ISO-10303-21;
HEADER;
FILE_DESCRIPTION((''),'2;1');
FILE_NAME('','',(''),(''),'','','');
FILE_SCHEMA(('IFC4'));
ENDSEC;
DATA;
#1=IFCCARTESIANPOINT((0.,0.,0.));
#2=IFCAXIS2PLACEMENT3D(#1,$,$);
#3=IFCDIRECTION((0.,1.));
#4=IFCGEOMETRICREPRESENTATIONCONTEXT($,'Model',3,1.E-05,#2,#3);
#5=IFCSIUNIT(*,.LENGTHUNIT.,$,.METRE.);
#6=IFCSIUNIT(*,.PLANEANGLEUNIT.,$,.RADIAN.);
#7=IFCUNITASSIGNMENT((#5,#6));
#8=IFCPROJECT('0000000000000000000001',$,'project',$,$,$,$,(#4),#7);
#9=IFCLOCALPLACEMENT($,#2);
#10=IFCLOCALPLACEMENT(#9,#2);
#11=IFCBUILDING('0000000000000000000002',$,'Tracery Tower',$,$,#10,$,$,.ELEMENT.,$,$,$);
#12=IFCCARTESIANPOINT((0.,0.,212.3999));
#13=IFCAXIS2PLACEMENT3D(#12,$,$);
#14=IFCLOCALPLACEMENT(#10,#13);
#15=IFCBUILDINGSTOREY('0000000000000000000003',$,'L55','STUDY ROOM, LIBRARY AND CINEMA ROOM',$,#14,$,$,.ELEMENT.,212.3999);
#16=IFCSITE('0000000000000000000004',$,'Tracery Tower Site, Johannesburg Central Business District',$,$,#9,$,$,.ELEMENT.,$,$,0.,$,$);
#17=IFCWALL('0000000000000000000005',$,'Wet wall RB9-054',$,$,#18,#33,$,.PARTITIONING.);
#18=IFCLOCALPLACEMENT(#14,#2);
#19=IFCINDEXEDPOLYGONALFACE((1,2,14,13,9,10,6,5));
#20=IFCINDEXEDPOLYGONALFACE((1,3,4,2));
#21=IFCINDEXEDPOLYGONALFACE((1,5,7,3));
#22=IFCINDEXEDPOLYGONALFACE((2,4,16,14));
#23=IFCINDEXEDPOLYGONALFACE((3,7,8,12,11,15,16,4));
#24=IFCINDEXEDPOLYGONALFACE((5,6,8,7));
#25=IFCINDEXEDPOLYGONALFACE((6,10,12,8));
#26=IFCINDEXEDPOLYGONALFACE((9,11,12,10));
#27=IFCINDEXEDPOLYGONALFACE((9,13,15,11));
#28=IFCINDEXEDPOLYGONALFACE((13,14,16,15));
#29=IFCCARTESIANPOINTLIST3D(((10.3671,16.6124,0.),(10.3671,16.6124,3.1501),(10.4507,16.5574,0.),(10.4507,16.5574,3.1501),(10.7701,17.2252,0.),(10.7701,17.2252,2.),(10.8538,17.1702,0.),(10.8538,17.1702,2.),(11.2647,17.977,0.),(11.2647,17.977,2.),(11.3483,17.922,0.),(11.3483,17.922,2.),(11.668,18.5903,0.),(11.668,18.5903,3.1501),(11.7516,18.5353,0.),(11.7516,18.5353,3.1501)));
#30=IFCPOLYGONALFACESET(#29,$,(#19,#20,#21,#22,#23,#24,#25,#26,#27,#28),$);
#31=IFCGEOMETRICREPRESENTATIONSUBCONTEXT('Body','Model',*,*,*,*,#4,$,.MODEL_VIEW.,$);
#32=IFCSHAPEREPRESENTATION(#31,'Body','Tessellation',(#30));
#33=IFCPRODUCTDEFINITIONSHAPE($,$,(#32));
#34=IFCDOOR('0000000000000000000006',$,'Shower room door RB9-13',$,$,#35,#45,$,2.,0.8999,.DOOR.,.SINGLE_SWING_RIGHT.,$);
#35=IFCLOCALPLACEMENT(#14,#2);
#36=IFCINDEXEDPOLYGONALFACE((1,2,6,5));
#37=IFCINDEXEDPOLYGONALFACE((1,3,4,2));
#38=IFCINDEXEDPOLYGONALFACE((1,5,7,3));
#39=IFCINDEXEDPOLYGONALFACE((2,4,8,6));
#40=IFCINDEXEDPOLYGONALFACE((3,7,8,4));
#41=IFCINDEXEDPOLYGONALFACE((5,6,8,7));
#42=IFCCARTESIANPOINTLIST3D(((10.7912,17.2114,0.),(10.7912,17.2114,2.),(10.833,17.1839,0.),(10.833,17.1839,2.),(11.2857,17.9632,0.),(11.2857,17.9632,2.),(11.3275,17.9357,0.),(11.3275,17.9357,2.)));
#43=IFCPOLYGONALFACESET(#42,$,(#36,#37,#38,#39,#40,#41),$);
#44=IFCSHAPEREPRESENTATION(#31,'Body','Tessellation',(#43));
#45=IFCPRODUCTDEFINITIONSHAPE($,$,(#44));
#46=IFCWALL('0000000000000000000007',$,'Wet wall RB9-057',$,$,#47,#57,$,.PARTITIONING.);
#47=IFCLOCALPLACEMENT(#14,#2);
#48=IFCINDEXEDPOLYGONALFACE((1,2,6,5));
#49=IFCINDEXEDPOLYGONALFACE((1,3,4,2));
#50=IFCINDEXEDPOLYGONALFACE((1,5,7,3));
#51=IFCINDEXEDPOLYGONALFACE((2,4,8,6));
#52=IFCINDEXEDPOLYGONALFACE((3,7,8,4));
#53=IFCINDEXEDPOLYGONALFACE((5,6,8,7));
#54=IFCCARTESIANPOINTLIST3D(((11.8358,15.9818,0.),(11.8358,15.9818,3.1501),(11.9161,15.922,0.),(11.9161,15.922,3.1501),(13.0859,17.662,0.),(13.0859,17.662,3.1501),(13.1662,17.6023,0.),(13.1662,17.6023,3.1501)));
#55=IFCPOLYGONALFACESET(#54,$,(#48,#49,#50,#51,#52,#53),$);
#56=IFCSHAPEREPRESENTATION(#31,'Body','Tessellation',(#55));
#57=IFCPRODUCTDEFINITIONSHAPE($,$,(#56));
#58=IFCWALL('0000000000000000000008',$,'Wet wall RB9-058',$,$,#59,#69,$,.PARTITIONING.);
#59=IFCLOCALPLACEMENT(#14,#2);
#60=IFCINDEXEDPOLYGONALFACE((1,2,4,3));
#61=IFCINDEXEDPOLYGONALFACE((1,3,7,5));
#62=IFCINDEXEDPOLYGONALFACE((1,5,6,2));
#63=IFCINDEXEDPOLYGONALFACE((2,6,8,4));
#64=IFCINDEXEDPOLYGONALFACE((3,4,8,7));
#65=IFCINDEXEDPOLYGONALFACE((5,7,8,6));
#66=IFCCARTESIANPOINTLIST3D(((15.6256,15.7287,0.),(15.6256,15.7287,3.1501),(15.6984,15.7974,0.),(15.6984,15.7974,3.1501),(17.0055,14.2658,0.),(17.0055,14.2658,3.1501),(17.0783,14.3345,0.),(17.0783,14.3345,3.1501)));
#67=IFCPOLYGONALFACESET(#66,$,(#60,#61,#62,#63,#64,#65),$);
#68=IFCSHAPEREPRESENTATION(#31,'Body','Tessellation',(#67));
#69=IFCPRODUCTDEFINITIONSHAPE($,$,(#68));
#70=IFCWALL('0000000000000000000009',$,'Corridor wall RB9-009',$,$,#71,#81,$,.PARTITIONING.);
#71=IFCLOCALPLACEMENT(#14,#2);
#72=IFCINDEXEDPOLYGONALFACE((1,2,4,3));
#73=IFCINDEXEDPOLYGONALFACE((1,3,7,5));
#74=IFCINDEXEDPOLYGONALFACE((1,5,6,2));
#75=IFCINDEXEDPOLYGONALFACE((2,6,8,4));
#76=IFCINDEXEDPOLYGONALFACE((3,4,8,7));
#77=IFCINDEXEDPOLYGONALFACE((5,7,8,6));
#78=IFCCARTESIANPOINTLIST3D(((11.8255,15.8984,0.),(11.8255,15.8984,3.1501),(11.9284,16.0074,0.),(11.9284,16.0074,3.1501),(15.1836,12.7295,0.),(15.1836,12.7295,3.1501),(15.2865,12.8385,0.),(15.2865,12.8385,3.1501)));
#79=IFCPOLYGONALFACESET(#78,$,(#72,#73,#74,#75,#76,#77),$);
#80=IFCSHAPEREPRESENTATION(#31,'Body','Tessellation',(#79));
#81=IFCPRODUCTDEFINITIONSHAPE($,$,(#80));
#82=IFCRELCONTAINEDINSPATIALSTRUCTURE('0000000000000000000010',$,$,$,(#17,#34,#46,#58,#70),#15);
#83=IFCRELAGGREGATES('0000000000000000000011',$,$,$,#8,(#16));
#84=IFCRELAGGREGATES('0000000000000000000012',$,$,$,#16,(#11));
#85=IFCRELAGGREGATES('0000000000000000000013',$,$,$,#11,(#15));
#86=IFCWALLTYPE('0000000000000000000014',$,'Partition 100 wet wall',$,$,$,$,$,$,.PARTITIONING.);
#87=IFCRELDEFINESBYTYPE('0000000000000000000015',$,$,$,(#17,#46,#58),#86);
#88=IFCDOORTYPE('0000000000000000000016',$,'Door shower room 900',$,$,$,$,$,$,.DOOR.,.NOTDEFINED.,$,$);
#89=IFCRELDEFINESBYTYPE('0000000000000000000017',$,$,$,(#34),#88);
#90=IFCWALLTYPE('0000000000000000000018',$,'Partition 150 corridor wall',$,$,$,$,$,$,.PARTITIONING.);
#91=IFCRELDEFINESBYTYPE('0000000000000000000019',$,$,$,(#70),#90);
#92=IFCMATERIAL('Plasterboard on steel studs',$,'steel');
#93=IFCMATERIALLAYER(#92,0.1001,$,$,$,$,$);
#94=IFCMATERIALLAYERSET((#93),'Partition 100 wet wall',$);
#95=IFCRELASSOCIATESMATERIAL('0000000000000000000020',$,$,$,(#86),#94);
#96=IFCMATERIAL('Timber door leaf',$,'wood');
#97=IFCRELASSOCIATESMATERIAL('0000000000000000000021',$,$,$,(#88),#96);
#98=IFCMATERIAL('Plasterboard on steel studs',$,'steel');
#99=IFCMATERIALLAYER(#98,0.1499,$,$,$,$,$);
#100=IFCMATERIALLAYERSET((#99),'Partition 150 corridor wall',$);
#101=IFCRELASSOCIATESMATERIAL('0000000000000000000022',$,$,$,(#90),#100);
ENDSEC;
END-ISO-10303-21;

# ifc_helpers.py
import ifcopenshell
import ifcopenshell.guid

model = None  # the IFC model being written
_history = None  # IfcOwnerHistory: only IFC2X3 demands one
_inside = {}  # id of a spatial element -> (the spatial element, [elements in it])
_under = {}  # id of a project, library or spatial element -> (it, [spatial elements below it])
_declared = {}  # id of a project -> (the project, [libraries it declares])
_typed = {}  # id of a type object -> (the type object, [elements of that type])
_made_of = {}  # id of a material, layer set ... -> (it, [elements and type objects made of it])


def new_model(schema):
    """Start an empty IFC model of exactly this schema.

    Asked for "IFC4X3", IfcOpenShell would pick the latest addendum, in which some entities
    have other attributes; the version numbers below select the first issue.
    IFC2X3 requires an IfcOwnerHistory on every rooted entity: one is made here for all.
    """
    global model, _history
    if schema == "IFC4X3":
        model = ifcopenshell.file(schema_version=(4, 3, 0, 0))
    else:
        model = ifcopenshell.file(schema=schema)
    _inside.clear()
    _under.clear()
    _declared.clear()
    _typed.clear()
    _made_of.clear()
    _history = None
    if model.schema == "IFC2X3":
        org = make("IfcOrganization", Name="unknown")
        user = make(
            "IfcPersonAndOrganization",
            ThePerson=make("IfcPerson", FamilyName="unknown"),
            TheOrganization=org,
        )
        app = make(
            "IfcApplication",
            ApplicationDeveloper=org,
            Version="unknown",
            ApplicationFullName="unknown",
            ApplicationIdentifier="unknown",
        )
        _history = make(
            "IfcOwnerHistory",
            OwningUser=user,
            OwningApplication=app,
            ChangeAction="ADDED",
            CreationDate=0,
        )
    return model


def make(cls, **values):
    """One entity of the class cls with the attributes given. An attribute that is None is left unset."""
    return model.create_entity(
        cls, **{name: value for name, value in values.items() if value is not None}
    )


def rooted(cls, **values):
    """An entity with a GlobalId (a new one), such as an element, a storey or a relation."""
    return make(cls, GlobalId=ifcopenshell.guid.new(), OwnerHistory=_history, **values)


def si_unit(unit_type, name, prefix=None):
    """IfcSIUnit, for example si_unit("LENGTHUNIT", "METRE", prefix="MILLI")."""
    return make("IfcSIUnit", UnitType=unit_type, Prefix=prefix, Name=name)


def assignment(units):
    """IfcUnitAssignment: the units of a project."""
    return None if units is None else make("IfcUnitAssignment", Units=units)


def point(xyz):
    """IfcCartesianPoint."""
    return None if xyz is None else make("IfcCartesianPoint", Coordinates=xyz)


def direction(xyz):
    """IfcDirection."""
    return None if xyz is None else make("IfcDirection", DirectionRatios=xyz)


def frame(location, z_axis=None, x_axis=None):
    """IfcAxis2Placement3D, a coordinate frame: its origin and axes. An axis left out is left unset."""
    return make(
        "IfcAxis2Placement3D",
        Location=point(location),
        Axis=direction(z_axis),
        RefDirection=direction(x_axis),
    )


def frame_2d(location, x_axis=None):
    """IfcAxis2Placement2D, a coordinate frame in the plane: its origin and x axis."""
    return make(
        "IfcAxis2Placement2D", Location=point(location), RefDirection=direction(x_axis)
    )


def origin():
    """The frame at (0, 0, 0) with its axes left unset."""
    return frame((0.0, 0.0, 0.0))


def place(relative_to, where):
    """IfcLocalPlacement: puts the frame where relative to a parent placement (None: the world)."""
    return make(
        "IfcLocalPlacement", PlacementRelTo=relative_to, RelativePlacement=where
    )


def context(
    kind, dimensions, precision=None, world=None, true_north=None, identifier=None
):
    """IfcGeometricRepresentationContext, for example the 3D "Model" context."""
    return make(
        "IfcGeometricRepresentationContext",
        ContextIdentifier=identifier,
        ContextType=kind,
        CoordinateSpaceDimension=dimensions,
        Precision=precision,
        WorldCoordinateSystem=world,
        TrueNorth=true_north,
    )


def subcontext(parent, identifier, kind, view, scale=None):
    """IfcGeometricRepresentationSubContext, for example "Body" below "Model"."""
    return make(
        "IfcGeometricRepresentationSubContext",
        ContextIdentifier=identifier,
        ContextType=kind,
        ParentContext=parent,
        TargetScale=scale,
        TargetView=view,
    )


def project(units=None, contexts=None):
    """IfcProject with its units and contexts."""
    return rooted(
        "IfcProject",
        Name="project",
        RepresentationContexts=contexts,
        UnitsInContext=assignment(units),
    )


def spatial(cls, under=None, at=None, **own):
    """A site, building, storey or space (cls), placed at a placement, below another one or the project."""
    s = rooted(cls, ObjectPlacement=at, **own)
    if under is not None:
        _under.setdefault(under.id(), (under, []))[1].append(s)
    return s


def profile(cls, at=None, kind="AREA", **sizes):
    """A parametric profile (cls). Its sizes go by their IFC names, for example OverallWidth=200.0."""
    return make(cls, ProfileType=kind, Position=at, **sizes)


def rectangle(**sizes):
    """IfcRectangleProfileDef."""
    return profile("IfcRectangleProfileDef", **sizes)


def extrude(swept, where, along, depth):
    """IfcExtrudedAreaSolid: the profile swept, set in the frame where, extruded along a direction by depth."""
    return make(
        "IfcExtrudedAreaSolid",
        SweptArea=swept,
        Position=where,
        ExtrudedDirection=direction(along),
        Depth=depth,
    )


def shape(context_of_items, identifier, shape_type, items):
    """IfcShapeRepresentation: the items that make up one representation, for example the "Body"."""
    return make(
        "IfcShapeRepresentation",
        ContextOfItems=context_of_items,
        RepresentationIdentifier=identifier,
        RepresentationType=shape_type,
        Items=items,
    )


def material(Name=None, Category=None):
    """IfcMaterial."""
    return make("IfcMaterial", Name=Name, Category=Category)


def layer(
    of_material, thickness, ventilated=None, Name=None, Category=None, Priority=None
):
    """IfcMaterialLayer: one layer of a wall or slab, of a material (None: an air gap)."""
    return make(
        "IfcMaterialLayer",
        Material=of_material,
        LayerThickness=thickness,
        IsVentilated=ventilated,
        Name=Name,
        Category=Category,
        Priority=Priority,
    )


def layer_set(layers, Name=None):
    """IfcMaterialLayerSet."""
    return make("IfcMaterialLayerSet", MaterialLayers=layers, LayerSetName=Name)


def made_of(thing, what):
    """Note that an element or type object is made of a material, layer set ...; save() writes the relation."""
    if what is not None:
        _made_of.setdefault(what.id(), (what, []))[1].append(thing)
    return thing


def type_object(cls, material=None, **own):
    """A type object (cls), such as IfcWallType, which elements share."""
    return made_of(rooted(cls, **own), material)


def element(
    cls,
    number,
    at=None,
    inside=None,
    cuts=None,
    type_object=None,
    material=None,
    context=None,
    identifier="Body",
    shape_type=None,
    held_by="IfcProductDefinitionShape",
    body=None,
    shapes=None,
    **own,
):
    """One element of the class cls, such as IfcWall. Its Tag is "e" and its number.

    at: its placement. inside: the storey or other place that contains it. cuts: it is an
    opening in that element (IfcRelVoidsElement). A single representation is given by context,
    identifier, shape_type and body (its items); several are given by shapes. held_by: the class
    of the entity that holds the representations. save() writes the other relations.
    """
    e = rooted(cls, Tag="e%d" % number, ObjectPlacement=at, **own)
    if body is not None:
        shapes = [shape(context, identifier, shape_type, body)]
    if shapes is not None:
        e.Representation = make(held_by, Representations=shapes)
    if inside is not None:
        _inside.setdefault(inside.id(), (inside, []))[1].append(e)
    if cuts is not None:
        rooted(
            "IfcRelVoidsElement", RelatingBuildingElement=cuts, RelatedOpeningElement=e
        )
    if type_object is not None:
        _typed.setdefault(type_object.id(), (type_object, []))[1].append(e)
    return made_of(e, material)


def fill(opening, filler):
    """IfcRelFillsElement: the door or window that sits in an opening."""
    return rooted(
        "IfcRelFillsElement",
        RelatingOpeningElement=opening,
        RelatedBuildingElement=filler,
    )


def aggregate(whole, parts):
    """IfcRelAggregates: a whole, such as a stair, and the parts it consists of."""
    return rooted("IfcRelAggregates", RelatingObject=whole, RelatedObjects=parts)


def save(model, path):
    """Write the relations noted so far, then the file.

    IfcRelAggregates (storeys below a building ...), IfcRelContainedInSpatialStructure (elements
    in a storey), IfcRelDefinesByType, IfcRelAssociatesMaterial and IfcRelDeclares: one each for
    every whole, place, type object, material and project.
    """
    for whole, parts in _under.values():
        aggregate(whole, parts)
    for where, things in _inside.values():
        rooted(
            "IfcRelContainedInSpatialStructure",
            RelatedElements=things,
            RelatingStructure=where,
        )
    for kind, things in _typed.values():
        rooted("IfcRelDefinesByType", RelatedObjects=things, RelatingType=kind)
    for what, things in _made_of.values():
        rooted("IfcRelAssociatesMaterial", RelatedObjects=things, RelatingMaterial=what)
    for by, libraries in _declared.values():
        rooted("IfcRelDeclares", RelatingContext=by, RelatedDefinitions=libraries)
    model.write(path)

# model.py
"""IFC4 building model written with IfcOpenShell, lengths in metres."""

from ifc_helpers import new_model, si_unit, direction, frame, frame_2d, origin, place, context, subcontext, project, spatial, rectangle, extrude, material, layer, layer_set, type_object, element, fill, save


model = new_model("IFC4")

# Units and contexts
model_context = context("Model", 3, precision=1e-05, world=origin(), true_north=direction((0.0, 1.0)))
body_context = subcontext(model_context, "Body", "Model", "MODEL_VIEW")
ifc_project = project(units=[si_unit("LENGTHUNIT", "METRE"), si_unit("PLANEANGLEUNIT", "RADIAN")], contexts=[model_context])

# Site, building, storey
site_placement = place(None, origin())
site = spatial("IfcSite", under=ifc_project, at=site_placement, Name="Tracery Tower Site, Johannesburg Central Business District", CompositionType="ELEMENT", RefElevation=0.0)
building_placement = place(site_placement, origin())
building = spatial("IfcBuilding", under=site, at=building_placement, Name="Tracery Tower", CompositionType="ELEMENT")
storey_placement = place(building_placement, frame((0.0, 0.0, 212.3999)))
storey = spatial("IfcBuildingStorey", under=building, at=storey_placement, Name="L55", Description="STUDY ROOM, LIBRARY AND CINEMA ROOM", CompositionType="ELEMENT", Elevation=212.3999)

# Shared definitions
ifc_material_1 = material(Name="Plasterboard on steel studs", Category="steel")
ifc_layer_1 = layer(ifc_material_1, 0.1001)
ifc_layer_set_1 = layer_set([ifc_layer_1], Name="Partition 100 wet wall")
wall_type_1 = type_object("IfcWallType", Name="Partition 100 wet wall", PredefinedType="PARTITIONING", material=ifc_layer_set_1)

# Wall, opening, door
wall_1_placement = place(storey_placement, frame((10.4089, 16.585, 0.0), z_axis=(0.0, 0.0, 1.0), x_axis=(0.549526, 0.835477, 0.0)))
wall_1 = element("IfcWall", 1, at=wall_1_placement, inside=storey, type_object=wall_type_1, Name="Wet wall RB9-054", PredefinedType="PARTITIONING", context=body_context, shape_type="SweptSolid", body=[
    extrude(rectangle(XDim=2.3674, YDim=0.1001, at=frame_2d((1.1836, 0.0))), origin(), (0.0, 0.0, 1.0), 3.1501),
])
opening_1_placement = place(wall_1_placement, frame((0.7334, 0.0, 0.0)))
opening_1 = element("IfcOpeningElement", 2, at=opening_1_placement, cuts=wall_1, PredefinedType="OPENING", context=body_context, shape_type="SweptSolid", body=[
    extrude(rectangle(XDim=0.8999, YDim=2.0, at=frame_2d((0.45, 1.0))), frame((0.0, 0.05, 0.0), z_axis=(0.0, -1.0, 0.0), x_axis=(1.0, 0.0, 0.0)), (0.0, 0.0, 1.0), 0.1001),
])
ifc_material_2 = material(Name="Timber door leaf", Category="wood")
door_type_1 = type_object("IfcDoorType", Name="Door shower room 900", OperationType="NOTDEFINED", PredefinedType="DOOR", material=ifc_material_2)
door_1_placement = place(opening_1_placement, origin())
door_1 = element("IfcDoor", 3, at=door_1_placement, inside=storey, type_object=door_type_1, Name="Shower room door RB9-13", OperationType="SINGLE_SWING_RIGHT", OverallHeight=2.0, OverallWidth=0.8999, PredefinedType="DOOR", context=body_context, shape_type="SweptSolid", body=[
    extrude(rectangle(XDim=0.8999, YDim=2.0, at=frame_2d((0.45, 1.0))), frame((0.0, 0.0249, 0.0), z_axis=(0.0, -1.0, 0.0), x_axis=(1.0, 0.0, 0.0)), (0.0, 0.0, 1.0), 0.05),
])
fill(opening_1, door_1)

# Walls
wall_2_placement = place(storey_placement, frame((11.876, 15.9519, 0.0), z_axis=(0.0, 0.0, 1.0), x_axis=(0.596899, 0.802316, 0.0)))
element("IfcWall", 4, at=wall_2_placement, inside=storey, type_object=wall_type_1, Name="Wet wall RB9-057", PredefinedType="PARTITIONING", context=body_context, shape_type="SweptSolid", body=[
    extrude(rectangle(XDim=2.0942, YDim=0.1001, at=frame_2d((1.0471, 0.0))), origin(), (0.0, 0.0, 1.0), 3.1501),
])
wall_3_placement = place(storey_placement, frame((15.6621, 15.7629, 0.0), z_axis=(0.0, 0.0, 1.0), x_axis=(0.686167, -0.727444, 0.0)))
element("IfcWall", 5, at=wall_3_placement, inside=storey, type_object=wall_type_1, Name="Wet wall RB9-058", PredefinedType="PARTITIONING", context=body_context, shape_type="SweptSolid", body=[
    extrude(rectangle(XDim=2.011, YDim=0.1001, at=frame_2d((1.0054, 0.0))), origin(), (0.0, 0.0, 1.0), 3.1501),
])
ifc_material_3 = material(Name="Plasterboard on steel studs", Category="steel")
ifc_layer_2 = layer(ifc_material_3, 0.1499)
ifc_layer_set_2 = layer_set([ifc_layer_2], Name="Partition 150 corridor wall")
wall_type_2 = type_object("IfcWallType", Name="Partition 150 corridor wall", PredefinedType="PARTITIONING", material=ifc_layer_set_2)
wall_4_placement = place(storey_placement, frame((11.877, 15.9529, 0.0), z_axis=(0.0, 0.0, 1.0), x_axis=(0.727299, -0.686321, 0.0)))
element("IfcWall", 6, at=wall_4_placement, inside=storey, type_object=wall_type_2, Name="Corridor wall RB9-009", PredefinedType="PARTITIONING", context=body_context, shape_type="SweptSolid", body=[
    extrude(rectangle(XDim=4.6172, YDim=0.1499, at=frame_2d((2.3086, 0.0))), origin(), (0.0, 0.0, 1.0), 3.1501),
])

save(model, "model.ifc")
